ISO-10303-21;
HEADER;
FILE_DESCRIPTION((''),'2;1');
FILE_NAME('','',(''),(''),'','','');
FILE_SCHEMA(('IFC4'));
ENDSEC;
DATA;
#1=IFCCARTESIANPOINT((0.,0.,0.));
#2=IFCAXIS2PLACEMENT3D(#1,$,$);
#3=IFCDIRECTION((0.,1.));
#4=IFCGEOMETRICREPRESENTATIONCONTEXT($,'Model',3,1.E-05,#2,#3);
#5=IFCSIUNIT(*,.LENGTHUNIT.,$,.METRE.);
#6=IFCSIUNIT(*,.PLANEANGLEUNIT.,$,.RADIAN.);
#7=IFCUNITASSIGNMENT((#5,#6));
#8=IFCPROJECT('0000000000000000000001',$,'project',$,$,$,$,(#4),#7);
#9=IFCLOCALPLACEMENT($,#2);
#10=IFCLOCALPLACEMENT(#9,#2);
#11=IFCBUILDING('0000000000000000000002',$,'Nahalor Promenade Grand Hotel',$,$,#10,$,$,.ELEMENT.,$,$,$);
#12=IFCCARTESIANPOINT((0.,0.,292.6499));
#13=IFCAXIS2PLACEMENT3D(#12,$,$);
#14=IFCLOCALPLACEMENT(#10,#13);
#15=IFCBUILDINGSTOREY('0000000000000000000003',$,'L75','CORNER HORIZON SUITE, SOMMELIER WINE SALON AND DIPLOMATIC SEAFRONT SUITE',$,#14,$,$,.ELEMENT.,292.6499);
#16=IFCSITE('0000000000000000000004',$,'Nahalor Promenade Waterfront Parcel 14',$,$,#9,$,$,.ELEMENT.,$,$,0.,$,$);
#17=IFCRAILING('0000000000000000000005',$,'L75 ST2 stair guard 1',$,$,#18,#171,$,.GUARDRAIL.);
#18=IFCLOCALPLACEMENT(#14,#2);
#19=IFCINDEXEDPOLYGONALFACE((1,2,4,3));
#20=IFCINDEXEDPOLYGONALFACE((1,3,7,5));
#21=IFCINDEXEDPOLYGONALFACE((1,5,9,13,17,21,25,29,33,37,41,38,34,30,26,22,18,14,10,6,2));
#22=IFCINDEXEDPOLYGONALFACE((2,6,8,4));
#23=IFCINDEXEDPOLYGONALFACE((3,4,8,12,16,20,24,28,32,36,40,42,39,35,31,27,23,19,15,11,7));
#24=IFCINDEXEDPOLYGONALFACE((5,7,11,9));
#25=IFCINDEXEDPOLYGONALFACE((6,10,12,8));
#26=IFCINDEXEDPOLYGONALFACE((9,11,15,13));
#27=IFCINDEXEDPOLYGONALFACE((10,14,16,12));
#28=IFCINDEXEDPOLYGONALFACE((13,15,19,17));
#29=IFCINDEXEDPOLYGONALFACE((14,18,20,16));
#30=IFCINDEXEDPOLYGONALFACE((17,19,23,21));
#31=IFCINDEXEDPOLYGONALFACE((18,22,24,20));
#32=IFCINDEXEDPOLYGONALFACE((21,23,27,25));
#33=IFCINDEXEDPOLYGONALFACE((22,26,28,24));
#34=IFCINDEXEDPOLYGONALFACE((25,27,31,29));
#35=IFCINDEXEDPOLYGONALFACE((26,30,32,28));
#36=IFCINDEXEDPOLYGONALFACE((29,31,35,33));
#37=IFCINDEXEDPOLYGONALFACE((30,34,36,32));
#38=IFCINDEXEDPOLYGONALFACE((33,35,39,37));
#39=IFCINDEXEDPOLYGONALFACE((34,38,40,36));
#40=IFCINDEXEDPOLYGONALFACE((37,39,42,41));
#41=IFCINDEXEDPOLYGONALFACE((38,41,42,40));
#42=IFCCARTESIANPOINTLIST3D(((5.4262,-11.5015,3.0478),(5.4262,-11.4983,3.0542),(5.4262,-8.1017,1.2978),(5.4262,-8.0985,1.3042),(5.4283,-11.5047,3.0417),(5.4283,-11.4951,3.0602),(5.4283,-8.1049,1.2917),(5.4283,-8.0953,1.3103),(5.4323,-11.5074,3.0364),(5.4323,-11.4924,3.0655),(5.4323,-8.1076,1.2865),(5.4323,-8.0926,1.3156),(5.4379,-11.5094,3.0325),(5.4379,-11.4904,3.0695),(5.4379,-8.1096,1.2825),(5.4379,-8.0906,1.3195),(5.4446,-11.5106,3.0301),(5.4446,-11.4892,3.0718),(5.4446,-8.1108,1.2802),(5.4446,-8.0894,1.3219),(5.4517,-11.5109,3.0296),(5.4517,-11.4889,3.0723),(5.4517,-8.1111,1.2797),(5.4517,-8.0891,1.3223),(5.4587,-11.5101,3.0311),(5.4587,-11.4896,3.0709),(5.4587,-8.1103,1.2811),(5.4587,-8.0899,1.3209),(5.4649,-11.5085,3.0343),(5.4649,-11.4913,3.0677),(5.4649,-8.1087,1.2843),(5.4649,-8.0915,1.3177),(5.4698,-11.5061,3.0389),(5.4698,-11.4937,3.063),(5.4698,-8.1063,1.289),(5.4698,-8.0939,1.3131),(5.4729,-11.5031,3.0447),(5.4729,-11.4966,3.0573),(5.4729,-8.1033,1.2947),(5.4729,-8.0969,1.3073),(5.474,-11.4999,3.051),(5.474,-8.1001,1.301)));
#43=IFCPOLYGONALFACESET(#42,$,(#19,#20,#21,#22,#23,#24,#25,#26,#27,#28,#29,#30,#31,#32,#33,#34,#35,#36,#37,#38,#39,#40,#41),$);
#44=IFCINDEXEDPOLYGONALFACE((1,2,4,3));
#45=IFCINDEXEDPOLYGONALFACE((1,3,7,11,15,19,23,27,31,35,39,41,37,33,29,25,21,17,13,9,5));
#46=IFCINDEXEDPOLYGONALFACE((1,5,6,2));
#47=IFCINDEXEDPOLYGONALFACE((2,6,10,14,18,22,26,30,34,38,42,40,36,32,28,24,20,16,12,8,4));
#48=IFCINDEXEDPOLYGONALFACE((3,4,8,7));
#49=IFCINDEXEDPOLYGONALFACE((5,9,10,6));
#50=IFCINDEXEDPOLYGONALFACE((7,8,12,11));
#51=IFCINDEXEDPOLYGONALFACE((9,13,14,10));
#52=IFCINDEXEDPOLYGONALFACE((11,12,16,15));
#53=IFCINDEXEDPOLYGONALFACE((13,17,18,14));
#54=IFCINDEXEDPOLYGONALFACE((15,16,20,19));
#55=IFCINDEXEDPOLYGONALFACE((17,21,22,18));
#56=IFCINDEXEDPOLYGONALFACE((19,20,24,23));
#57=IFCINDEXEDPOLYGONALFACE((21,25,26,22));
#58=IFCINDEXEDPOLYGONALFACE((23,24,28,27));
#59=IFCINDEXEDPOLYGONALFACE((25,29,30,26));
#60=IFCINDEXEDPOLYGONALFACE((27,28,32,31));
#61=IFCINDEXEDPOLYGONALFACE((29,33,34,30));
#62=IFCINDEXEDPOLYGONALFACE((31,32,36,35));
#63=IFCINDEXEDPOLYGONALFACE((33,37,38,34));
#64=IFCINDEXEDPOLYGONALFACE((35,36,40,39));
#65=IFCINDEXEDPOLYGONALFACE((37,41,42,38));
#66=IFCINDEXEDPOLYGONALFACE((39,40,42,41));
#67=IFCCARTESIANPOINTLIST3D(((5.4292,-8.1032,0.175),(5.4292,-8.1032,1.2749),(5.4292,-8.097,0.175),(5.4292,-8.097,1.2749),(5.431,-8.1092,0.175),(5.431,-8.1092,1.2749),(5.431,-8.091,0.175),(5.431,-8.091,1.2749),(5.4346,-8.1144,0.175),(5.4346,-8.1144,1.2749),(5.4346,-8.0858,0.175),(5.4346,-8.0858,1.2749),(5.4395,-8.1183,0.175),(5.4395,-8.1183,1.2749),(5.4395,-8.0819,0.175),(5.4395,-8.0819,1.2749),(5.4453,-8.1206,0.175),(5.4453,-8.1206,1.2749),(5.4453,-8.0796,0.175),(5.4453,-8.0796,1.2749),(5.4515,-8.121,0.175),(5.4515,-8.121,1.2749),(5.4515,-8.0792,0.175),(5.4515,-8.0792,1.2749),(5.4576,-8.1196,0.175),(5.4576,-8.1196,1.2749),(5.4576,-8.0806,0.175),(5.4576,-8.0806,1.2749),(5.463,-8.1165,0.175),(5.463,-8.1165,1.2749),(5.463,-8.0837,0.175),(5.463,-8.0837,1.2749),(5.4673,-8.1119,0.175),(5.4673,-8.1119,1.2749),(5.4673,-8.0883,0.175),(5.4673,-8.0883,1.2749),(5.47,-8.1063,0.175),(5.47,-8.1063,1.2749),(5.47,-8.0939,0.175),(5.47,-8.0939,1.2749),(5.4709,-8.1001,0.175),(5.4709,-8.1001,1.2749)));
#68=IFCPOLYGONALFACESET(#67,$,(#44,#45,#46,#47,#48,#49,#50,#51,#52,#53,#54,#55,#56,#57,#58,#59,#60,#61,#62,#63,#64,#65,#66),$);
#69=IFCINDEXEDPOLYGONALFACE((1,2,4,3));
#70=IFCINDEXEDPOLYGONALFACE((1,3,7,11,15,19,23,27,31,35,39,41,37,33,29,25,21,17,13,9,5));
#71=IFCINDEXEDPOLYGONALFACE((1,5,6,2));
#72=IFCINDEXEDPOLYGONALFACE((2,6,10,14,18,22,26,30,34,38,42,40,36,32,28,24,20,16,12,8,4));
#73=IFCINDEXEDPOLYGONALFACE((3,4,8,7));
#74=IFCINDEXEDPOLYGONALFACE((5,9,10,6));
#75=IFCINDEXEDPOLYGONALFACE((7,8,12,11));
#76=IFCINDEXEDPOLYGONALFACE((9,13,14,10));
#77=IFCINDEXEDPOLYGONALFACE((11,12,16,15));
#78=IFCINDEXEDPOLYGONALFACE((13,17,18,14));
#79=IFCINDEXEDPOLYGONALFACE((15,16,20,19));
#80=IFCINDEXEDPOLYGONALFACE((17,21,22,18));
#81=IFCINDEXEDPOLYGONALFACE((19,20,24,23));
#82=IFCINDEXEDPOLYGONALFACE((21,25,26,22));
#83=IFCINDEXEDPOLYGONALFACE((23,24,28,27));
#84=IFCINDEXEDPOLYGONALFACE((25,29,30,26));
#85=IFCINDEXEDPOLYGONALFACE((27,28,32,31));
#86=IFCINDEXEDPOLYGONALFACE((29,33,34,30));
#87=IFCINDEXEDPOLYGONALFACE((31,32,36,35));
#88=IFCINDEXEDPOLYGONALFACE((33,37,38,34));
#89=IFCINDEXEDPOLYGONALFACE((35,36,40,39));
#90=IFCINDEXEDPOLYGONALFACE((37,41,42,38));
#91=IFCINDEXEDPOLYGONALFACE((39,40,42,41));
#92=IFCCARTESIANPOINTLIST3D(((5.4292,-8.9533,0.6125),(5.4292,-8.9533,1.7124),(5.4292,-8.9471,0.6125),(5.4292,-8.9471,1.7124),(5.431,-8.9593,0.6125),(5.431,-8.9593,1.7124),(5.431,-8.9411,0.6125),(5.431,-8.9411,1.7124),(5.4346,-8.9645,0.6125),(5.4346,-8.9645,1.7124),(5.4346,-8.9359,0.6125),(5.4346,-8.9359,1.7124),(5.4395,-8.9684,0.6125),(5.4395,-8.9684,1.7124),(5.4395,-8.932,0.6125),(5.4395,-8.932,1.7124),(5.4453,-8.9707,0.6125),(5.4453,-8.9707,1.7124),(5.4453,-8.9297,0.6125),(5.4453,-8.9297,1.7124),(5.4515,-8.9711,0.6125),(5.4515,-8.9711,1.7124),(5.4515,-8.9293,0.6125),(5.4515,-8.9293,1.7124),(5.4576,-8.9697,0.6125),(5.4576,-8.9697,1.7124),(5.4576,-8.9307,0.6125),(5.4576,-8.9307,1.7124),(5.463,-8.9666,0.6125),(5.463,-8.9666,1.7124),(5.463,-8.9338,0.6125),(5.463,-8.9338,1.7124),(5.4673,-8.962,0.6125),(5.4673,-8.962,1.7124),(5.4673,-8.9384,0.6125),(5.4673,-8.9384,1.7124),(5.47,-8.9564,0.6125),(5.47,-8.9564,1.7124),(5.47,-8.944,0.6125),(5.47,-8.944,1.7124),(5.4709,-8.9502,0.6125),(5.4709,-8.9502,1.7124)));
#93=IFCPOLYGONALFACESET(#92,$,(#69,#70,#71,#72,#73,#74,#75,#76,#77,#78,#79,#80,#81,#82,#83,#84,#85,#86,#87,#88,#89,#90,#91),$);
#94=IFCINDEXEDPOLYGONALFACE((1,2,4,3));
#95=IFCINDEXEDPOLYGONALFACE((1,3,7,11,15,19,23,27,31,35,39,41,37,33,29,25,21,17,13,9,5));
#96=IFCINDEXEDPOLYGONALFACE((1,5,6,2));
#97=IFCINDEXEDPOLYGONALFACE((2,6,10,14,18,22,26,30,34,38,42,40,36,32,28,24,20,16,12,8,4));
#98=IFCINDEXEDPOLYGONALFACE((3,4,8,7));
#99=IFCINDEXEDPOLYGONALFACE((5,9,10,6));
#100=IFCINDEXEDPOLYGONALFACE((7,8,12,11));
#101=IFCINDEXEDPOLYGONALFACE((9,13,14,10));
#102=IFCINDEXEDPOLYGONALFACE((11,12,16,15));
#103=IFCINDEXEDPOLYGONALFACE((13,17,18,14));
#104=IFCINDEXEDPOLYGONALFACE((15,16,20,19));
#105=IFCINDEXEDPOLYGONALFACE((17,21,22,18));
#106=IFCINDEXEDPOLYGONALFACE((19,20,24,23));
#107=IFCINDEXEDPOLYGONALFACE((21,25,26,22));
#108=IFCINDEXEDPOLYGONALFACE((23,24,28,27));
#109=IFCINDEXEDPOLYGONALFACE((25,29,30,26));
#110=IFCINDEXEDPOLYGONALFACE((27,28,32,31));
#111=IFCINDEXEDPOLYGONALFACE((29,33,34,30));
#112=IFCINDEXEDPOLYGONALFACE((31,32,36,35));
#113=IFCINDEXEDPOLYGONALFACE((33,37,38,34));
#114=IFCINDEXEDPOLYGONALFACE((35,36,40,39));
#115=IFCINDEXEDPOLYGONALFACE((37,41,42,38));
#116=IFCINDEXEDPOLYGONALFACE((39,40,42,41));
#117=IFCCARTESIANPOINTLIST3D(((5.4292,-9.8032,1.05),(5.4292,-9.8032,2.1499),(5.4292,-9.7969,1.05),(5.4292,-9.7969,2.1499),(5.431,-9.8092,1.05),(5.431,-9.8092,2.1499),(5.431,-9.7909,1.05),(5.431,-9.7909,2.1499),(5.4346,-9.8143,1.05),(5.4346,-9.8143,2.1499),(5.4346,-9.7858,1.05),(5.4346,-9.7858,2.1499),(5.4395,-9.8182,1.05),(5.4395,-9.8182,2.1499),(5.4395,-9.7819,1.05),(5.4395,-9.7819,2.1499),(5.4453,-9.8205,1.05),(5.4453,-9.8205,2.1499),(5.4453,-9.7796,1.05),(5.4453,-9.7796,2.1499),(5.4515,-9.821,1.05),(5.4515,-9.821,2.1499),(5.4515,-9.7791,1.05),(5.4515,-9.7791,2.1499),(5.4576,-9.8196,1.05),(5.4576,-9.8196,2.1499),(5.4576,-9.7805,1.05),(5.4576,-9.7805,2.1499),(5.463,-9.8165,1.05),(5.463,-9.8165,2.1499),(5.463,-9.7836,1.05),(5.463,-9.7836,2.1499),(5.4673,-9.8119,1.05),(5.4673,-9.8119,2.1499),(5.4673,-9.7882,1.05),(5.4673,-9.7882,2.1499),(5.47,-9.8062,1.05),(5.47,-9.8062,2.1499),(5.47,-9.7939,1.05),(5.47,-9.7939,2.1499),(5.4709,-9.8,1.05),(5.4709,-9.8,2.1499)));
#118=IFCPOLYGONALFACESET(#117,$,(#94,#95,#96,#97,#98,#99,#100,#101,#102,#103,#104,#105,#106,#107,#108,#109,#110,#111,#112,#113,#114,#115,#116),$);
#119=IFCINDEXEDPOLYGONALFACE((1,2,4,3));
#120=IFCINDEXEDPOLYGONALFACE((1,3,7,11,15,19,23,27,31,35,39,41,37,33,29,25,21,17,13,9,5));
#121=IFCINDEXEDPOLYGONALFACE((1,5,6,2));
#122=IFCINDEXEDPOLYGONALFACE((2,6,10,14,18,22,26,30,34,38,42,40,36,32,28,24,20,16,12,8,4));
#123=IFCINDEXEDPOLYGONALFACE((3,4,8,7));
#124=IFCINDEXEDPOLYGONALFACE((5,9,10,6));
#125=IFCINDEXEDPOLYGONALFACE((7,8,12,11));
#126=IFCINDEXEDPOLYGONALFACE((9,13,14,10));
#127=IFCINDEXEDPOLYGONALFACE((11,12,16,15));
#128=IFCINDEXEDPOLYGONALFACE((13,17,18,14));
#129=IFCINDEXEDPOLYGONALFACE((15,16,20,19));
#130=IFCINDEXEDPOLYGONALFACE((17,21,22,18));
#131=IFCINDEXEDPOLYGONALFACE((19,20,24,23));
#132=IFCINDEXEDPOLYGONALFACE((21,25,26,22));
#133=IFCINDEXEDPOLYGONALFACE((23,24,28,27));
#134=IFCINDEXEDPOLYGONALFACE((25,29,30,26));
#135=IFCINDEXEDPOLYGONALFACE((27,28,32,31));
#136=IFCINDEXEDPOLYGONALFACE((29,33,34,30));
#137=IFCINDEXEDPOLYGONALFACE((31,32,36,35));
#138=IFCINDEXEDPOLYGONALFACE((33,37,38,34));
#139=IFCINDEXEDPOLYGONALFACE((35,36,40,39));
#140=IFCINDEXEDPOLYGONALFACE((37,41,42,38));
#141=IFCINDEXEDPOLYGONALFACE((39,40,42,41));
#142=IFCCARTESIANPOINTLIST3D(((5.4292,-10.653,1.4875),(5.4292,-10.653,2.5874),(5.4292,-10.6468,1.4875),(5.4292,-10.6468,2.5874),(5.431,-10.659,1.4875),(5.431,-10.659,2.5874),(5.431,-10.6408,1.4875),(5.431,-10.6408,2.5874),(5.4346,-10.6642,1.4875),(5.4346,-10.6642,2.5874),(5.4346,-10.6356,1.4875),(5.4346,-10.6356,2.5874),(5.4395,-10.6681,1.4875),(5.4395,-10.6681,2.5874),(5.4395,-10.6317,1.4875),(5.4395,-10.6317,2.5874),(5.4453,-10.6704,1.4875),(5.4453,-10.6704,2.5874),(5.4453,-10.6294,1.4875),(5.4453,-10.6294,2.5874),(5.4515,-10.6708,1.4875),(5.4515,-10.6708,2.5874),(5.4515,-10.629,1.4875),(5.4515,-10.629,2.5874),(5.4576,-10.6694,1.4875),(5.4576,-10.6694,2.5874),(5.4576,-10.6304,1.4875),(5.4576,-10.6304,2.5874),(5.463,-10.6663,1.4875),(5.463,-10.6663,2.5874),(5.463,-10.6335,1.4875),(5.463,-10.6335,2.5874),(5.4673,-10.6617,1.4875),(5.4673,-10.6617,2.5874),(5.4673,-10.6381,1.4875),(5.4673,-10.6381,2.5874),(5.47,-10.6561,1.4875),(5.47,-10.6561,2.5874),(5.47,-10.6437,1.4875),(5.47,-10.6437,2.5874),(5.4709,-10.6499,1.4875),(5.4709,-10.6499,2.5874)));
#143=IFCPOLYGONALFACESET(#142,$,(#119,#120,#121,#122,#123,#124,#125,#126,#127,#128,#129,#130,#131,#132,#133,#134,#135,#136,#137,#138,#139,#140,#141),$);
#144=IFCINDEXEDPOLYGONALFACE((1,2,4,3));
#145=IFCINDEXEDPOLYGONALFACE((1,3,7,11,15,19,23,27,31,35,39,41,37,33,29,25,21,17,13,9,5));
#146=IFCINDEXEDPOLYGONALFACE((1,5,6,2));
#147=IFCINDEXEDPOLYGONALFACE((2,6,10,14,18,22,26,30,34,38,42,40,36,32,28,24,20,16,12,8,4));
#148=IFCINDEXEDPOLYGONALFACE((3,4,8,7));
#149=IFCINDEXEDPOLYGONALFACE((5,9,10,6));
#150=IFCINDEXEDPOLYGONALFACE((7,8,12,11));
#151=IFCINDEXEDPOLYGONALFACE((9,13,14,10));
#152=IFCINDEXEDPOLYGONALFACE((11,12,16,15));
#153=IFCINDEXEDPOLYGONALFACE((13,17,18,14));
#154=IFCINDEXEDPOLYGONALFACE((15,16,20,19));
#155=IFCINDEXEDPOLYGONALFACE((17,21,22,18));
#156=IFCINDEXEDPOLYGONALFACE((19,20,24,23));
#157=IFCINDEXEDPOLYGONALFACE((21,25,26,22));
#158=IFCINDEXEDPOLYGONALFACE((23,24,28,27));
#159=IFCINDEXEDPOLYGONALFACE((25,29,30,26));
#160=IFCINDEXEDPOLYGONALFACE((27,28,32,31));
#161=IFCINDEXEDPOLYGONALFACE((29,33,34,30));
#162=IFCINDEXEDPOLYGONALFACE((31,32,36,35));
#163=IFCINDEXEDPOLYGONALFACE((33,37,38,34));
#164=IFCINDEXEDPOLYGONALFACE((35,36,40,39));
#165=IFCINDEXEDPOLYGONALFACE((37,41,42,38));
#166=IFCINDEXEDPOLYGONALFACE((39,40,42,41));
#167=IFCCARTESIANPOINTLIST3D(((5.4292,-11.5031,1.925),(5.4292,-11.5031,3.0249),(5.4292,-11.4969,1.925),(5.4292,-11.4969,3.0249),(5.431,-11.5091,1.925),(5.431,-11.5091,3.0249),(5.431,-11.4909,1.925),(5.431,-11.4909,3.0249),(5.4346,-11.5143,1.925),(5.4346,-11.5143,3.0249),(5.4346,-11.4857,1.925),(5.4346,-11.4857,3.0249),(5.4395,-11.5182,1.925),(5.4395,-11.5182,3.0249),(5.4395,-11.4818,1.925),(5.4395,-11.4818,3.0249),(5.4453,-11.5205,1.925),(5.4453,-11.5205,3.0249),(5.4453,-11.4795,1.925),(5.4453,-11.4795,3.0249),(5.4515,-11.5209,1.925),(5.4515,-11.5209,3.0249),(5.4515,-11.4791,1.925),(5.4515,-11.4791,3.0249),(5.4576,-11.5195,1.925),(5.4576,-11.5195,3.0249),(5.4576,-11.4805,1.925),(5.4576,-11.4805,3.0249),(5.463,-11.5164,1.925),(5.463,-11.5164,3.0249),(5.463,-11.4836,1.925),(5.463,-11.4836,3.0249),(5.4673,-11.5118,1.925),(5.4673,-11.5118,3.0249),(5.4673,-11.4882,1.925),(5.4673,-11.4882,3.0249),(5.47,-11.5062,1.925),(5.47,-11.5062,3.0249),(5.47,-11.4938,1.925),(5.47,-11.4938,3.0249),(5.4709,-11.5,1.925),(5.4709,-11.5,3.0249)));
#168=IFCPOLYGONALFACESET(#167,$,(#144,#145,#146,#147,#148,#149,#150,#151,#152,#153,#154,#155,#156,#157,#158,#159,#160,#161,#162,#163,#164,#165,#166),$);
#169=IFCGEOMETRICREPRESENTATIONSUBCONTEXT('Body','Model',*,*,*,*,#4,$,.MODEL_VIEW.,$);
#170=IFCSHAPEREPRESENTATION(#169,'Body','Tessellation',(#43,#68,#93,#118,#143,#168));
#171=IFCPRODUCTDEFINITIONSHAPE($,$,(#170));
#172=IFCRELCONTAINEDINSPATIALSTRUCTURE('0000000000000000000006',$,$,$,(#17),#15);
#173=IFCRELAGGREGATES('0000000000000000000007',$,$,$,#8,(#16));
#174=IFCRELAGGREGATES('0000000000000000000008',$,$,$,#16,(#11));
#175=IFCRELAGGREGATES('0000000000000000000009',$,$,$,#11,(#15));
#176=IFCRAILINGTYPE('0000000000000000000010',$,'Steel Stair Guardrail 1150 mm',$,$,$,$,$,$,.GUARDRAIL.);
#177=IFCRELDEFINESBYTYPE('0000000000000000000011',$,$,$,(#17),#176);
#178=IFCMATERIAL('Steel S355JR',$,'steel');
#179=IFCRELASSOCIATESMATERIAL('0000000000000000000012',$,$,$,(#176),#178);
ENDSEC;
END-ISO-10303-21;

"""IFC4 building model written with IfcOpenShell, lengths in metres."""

from ifc_helpers import new_model, si_unit, direction, frame, origin, origin_2d, place, context, subcontext, project, spatial, circle, extrude, material, type_object, element, save


model = new_model("IFC4")

# Units and contexts
model_context = context("Model", 3, precision=1e-05, world=origin(), true_north=direction((0.0, 1.0)))
body_context = subcontext(model_context, "Body", "Model", "MODEL_VIEW")
ifc_project = project(units=[si_unit("LENGTHUNIT", "METRE"), si_unit("PLANEANGLEUNIT", "RADIAN")], contexts=[model_context])

# Site, building, storey
site_placement = place(None, origin())
site = spatial("IfcSite", under=ifc_project, at=site_placement, Name="Nahalor Promenade Waterfront Parcel 14", CompositionType="ELEMENT", RefElevation=0.0)
building_placement = place(site_placement, origin())
building = spatial("IfcBuilding", under=site, at=building_placement, Name="Nahalor Promenade Grand Hotel", CompositionType="ELEMENT")
storey_placement = place(building_placement, frame((0.0, 0.0, 292.6499)))
storey = spatial("IfcBuildingStorey", under=building, at=storey_placement, Name="L75", Description="CORNER HORIZON SUITE, SOMMELIER WINE SALON AND DIPLOMATIC SEAFRONT SUITE", CompositionType="ELEMENT", Elevation=292.6499)

# Shared definitions
ifc_material_1 = material(Name="Steel S355JR", Category="steel")

# Railing
railing_type_1 = type_object("IfcRailingType", Name="Steel Stair Guardrail 1150 mm", PredefinedType="GUARDRAIL", material=ifc_material_1)
railing_1_placement = place(storey_placement, frame((5.45, -8.1001, 0.175)))
element("IfcRailing", 1, at=railing_1_placement, inside=storey, type_object=railing_type_1, Name="L75 ST2 stair guard 1", PredefinedType="GUARDRAIL", context=body_context, shape_type="SweptSolid", body=[
    extrude(circle(Radius=0.024, at=origin_2d()), frame((0.0, 0.0, 1.126), z_axis=(0.0, -0.88913, 0.457654), x_axis=(1.0, 0.0, 0.0)), (0.0, 0.0, 1.0), 3.8237),
    extrude(circle(Radius=0.021, at=origin_2d()), origin(), (0.0, 0.0, 1.0), 1.0999),
    extrude(circle(Radius=0.021, at=origin_2d()), frame((0.0, -0.8501, 0.4375)), (0.0, 0.0, 1.0), 1.0999),
    extrude(circle(Radius=0.021, at=origin_2d()), frame((0.0, -1.7, 0.875)), (0.0, 0.0, 1.0), 1.0999),
    extrude(circle(Radius=0.021, at=origin_2d()), frame((0.0, -2.5498, 1.3125)), (0.0, 0.0, 1.0), 1.0999),
    extrude(circle(Radius=0.021, at=origin_2d()), frame((0.0, -3.3999, 1.75)), (0.0, 0.0, 1.0), 1.0999),
])

save(model, "model.ifc")
